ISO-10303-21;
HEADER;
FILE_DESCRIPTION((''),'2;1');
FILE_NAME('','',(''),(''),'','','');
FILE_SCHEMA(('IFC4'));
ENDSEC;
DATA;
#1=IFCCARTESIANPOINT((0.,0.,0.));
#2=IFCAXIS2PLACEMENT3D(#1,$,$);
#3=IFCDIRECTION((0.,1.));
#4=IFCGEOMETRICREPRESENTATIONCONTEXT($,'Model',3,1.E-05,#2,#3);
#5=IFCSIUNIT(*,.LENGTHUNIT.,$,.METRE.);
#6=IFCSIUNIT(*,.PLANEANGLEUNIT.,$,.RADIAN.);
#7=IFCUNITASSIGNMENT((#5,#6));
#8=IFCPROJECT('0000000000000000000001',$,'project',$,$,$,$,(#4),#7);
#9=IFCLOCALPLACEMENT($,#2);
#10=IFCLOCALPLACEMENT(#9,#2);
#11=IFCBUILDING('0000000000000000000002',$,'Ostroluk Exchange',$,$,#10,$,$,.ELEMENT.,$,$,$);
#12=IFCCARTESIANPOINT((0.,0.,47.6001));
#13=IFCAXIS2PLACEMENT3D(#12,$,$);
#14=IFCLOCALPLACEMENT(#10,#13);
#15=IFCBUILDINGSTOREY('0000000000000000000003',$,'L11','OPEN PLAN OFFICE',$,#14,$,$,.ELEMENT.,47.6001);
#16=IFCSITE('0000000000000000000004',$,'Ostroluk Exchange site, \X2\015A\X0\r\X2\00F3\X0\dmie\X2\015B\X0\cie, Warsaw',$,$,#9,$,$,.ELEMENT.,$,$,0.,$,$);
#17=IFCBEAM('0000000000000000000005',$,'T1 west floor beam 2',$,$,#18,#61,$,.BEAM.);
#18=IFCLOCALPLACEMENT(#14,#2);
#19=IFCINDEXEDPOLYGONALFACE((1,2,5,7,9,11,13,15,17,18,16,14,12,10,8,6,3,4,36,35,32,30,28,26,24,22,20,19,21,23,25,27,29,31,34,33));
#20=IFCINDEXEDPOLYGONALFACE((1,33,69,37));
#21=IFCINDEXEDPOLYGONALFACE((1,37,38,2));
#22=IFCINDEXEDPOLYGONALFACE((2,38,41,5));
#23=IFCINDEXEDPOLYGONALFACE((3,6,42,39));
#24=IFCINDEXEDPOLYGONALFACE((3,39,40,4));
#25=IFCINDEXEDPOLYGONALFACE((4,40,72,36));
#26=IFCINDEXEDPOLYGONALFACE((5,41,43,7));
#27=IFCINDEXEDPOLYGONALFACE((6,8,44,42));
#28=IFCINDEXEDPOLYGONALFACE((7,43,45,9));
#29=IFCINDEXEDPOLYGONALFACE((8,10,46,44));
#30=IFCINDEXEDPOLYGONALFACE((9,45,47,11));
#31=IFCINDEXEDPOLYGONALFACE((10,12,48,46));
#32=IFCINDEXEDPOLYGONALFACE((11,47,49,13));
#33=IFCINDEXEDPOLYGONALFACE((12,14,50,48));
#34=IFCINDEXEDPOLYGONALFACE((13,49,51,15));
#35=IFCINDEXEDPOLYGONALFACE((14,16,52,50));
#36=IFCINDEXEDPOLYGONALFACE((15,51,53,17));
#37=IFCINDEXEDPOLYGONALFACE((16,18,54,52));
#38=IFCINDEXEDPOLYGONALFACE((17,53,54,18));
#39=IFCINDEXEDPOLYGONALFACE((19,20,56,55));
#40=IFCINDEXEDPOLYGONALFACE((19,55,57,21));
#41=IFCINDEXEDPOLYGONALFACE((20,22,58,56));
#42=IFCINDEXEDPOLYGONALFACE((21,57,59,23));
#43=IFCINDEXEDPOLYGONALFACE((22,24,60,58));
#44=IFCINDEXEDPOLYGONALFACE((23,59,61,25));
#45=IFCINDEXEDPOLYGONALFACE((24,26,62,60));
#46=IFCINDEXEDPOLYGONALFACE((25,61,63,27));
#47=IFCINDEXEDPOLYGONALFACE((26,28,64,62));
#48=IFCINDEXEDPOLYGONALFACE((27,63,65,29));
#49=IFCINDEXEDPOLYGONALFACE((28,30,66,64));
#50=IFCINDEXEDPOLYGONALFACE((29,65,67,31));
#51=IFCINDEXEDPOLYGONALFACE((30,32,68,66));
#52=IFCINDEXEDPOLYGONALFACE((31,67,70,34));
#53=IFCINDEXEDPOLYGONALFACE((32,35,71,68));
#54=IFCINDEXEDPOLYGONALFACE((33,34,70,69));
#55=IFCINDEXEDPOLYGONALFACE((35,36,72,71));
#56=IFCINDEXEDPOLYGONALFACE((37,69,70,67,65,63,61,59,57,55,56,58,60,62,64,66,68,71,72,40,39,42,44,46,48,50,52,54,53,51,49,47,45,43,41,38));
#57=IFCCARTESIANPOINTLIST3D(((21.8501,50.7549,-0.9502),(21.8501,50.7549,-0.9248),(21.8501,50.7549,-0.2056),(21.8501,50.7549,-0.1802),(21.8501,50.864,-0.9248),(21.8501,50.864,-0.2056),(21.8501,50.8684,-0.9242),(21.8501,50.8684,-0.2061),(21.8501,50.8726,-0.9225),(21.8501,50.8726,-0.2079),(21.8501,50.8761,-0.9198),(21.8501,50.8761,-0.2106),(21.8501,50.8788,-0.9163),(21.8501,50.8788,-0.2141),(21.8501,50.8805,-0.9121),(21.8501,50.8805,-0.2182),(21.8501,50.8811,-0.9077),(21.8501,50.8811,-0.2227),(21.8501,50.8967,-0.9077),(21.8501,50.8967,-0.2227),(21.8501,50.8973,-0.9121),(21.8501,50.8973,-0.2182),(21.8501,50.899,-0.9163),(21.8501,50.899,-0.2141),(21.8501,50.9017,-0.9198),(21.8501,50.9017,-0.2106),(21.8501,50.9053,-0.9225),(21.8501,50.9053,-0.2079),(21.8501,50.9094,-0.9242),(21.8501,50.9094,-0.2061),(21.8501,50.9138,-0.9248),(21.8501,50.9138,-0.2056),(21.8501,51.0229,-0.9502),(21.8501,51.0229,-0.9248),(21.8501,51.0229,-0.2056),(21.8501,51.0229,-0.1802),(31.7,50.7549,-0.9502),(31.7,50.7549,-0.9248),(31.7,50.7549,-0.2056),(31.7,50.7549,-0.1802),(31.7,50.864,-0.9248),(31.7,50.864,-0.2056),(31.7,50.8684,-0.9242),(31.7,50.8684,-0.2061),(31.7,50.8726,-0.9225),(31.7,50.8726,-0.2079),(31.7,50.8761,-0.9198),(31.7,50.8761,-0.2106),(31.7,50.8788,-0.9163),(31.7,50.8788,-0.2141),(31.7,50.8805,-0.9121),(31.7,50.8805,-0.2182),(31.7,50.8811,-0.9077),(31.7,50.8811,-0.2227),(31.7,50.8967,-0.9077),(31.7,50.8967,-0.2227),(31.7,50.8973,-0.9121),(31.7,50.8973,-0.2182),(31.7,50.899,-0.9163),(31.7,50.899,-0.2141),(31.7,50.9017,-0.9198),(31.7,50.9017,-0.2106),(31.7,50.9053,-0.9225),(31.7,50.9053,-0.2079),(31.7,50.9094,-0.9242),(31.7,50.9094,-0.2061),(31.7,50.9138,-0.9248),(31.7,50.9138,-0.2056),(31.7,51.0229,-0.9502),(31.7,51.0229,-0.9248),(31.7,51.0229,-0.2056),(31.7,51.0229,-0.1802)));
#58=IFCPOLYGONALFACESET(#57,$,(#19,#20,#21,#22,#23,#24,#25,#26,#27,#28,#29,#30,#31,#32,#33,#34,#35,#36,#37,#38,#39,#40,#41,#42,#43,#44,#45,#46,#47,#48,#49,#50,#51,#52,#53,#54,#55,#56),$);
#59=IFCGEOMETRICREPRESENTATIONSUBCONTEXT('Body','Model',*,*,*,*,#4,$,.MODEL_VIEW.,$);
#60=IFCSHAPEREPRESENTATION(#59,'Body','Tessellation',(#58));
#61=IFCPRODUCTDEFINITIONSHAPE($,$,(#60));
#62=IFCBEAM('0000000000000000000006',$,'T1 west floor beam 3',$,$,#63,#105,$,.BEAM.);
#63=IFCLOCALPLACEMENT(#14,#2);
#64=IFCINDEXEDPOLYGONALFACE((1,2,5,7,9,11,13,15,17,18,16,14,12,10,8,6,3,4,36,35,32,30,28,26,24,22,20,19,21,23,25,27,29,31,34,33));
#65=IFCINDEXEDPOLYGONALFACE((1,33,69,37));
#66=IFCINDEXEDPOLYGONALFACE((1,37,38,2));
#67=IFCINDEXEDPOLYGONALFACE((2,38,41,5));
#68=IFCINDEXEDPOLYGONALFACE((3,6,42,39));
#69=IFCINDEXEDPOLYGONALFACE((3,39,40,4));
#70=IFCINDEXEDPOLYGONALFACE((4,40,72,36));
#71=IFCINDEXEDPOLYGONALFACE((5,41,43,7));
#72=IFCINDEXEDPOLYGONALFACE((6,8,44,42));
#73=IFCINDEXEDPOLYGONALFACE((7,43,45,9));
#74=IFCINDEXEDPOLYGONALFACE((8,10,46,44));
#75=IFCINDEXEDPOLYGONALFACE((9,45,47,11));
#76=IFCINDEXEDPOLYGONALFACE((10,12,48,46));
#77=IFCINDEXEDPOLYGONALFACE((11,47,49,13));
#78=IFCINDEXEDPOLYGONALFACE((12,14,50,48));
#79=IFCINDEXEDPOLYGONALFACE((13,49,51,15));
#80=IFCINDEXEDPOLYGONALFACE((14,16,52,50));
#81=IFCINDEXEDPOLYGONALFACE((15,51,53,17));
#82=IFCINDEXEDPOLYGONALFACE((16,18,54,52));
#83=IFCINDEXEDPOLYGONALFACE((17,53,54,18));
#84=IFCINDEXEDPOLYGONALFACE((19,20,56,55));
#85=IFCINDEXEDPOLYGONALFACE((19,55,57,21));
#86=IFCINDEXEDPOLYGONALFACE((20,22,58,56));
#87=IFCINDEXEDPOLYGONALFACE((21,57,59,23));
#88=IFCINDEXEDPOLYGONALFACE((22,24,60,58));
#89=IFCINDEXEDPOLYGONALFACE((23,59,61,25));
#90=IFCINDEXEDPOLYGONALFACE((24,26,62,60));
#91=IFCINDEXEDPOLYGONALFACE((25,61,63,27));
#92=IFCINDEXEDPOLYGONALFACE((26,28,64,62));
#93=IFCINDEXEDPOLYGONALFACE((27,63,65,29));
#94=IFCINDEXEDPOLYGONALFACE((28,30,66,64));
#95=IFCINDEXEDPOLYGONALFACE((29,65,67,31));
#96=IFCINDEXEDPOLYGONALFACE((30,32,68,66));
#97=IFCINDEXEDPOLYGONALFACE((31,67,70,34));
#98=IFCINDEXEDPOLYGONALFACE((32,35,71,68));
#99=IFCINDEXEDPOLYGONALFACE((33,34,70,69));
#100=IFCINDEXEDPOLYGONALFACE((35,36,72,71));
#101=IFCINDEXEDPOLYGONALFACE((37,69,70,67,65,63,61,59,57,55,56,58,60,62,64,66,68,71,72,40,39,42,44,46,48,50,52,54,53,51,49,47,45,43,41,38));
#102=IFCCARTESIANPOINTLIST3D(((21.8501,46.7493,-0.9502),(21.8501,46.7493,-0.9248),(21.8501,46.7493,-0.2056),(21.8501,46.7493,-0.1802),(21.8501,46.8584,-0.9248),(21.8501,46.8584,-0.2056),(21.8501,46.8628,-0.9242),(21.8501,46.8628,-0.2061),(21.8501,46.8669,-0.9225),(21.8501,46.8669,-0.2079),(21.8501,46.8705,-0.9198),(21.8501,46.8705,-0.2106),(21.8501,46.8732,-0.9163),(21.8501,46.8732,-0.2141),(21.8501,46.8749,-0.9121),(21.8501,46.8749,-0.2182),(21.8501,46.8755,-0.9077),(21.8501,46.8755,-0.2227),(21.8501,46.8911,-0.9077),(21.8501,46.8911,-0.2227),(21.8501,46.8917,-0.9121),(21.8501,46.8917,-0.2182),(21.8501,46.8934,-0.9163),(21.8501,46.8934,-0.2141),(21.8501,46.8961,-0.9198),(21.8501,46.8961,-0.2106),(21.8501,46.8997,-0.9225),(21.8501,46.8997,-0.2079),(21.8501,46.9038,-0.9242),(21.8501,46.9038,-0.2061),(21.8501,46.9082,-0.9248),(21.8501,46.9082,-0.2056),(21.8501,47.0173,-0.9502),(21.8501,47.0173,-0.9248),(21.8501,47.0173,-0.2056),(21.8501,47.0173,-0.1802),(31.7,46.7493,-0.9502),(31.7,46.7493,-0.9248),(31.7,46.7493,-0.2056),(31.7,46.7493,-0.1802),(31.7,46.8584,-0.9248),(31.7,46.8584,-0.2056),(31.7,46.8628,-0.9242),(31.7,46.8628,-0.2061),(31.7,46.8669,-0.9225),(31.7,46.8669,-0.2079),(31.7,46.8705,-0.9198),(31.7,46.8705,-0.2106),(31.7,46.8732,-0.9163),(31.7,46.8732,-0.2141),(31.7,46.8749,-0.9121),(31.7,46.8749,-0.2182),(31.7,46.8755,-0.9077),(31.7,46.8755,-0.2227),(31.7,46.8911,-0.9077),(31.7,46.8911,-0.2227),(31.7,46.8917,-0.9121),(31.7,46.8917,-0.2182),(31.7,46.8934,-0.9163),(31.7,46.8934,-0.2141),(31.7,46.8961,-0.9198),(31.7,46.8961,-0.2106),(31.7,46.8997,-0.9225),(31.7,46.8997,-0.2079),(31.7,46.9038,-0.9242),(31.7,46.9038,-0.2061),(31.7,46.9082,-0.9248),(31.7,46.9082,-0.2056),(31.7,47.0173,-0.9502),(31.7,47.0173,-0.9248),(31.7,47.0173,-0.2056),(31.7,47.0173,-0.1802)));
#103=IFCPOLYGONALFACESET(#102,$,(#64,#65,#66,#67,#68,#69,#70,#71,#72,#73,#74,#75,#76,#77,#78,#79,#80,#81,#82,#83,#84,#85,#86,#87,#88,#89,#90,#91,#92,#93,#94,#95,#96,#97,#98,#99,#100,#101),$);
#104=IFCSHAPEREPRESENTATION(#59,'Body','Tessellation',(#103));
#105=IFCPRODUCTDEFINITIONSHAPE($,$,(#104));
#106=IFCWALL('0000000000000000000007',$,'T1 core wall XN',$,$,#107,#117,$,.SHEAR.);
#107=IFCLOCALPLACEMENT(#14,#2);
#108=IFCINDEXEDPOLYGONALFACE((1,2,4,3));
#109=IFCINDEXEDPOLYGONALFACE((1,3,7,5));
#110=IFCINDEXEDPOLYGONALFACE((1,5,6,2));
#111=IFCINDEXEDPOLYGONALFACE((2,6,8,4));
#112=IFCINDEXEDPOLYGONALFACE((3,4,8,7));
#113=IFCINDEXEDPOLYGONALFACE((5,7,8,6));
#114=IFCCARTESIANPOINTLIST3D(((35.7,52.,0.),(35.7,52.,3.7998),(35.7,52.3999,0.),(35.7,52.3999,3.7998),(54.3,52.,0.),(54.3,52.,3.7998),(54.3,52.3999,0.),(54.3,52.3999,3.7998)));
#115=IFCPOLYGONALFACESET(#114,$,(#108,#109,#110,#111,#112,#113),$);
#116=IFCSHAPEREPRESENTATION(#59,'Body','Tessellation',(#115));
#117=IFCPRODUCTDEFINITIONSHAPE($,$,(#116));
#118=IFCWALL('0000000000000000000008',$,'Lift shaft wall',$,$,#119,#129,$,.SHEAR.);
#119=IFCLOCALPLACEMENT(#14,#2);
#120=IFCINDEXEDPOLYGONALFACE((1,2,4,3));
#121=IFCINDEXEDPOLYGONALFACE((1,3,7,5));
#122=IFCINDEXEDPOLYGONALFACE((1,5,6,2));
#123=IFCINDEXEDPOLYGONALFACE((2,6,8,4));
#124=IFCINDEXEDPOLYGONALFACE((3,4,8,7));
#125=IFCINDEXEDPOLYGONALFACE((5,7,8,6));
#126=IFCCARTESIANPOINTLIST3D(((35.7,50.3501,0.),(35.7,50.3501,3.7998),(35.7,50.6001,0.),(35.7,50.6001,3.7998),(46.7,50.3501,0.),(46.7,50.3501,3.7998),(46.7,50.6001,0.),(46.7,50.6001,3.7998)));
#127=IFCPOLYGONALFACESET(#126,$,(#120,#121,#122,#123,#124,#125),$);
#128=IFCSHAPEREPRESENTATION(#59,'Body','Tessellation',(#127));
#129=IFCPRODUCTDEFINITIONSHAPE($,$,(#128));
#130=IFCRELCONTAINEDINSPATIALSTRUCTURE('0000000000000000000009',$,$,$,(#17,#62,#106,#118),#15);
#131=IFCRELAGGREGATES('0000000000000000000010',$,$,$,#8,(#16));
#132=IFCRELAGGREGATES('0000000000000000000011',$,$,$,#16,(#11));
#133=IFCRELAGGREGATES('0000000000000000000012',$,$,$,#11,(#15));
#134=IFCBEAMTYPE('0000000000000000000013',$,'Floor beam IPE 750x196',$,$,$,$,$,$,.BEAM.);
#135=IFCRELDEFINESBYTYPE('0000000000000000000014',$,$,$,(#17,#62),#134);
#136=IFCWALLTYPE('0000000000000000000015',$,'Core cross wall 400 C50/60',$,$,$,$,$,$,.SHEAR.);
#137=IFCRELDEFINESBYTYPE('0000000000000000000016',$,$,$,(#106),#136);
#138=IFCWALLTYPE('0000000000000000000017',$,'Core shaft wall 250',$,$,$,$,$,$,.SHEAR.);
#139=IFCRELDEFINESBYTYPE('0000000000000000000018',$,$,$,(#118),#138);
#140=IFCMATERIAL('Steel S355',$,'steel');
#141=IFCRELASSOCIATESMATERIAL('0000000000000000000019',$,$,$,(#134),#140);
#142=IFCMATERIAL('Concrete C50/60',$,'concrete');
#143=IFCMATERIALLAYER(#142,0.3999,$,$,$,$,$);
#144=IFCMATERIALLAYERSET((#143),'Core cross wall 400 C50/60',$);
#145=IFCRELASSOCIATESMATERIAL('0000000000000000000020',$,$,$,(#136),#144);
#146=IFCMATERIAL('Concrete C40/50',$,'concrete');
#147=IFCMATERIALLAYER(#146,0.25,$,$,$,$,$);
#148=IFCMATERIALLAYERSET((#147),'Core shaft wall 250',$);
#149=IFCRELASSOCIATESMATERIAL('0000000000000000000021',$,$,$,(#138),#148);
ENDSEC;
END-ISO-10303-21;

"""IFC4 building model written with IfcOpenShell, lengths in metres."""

from ifc_helpers import new_model, si_unit, direction, frame, frame_2d, origin, origin_2d, place, context, subcontext, project, spatial, rectangle, i_section, extrude, material, layer, layer_set, material_profile, profile_set, type_object, element, save


model = new_model("IFC4")

# Units and contexts
model_context = context("Model", 3, precision=1e-05, world=origin(), true_north=direction((0.0, 1.0)))
body_context = subcontext(model_context, "Body", "Model", "MODEL_VIEW")
ifc_project = project(units=[si_unit("LENGTHUNIT", "METRE"), si_unit("PLANEANGLEUNIT", "RADIAN")], contexts=[model_context])

# Site, building, storey
site_placement = place(None, origin())
site = spatial("IfcSite", under=ifc_project, at=site_placement, Name="Ostroluk Exchange site, Śródmieście, Warsaw", CompositionType="ELEMENT", RefElevation=0.0)
building_placement = place(site_placement, origin())
building = spatial("IfcBuilding", under=site, at=building_placement, Name="Ostroluk Exchange", CompositionType="ELEMENT")
storey_placement = place(building_placement, frame((0.0, 0.0, 47.6001)))
storey = spatial("IfcBuildingStorey", under=building, at=storey_placement, Name="L11", Description="OPEN PLAN OFFICE", CompositionType="ELEMENT", Elevation=47.6001)

# Beams
ifc_material_1 = material(Name="Steel S355", Category="steel")
ifc_material_profile = material_profile(ifc_material_1, i_section(OverallWidth=0.2681, OverallDepth=0.77, WebThickness=0.0156, FlangeThickness=0.0254, FilletRadius=0.0171, at=origin_2d()), Name="IPE 750x196")
ifc_profile_set = profile_set([ifc_material_profile], Name="Steel S355")
beam_type = type_object("IfcBeamType", Name="Floor beam IPE 750x196", PredefinedType="BEAM", material=ifc_profile_set)
for number, where, z_axis, x_axis, name in (
    (1, (31.7, 50.8889, -0.5652), (-1.0, 0.0, 0.0), (0.0, -1.0, 0.0), "T1 west floor beam 2"),
    (2, (31.7, 46.8833, -0.5652), (-1.0, 0.0, 0.0), (0.0, -1.0, 0.0), "T1 west floor beam 3"),
):
    element("IfcBeam", number, at=place(storey_placement, frame(where, z_axis=z_axis, x_axis=x_axis)), inside=storey, type_object=beam_type, Name=name, PredefinedType="BEAM", context=body_context, shape_type="SweptSolid", body=[
        extrude(i_section(OverallWidth=0.2681, OverallDepth=0.77, WebThickness=0.0156, FlangeThickness=0.0254, FilletRadius=0.0171, at=origin_2d()), origin(), (0.0, 0.0, 1.0), 9.8499),
    ])

# Walls
ifc_material_2 = material(Name="Concrete C50/60", Category="concrete")
ifc_layer_1 = layer(ifc_material_2, 0.3999)
ifc_layer_set_1 = layer_set([ifc_layer_1], Name="Core cross wall 400 C50/60")
wall_type_1 = type_object("IfcWallType", Name="Core cross wall 400 C50/60", PredefinedType="SHEAR", material=ifc_layer_set_1)
wall_1_placement = place(storey_placement, frame((35.7, 52.2, 0.0), z_axis=(0.0, 0.0, 1.0), x_axis=(1.0, 0.0, 0.0)))
element("IfcWall", 3, at=wall_1_placement, inside=storey, type_object=wall_type_1, Name="T1 core wall XN", PredefinedType="SHEAR", context=body_context, shape_type="SweptSolid", body=[
    extrude(rectangle(XDim=18.6001, YDim=0.3999, at=frame_2d((9.3, 0.0))), origin(), (0.0, 0.0, 1.0), 3.7998),
])
ifc_material_3 = material(Name="Concrete C40/50", Category="concrete")
ifc_layer_2 = layer(ifc_material_3, 0.25)
ifc_layer_set_2 = layer_set([ifc_layer_2], Name="Core shaft wall 250")
wall_type_2 = type_object("IfcWallType", Name="Core shaft wall 250", PredefinedType="SHEAR", material=ifc_layer_set_2)
wall_2_placement = place(storey_placement, frame((35.7, 50.4751, 0.0), z_axis=(0.0, 0.0, 1.0), x_axis=(1.0, 0.0, 0.0)))
element("IfcWall", 4, at=wall_2_placement, inside=storey, type_object=wall_type_2, Name="Lift shaft wall", PredefinedType="SHEAR", context=body_context, shape_type="SweptSolid", body=[
    extrude(rectangle(XDim=11.0, YDim=0.25, at=frame_2d((5.5, 0.0))), origin(), (0.0, 0.0, 1.0), 3.7998),
])

save(model, "model.ifc")
